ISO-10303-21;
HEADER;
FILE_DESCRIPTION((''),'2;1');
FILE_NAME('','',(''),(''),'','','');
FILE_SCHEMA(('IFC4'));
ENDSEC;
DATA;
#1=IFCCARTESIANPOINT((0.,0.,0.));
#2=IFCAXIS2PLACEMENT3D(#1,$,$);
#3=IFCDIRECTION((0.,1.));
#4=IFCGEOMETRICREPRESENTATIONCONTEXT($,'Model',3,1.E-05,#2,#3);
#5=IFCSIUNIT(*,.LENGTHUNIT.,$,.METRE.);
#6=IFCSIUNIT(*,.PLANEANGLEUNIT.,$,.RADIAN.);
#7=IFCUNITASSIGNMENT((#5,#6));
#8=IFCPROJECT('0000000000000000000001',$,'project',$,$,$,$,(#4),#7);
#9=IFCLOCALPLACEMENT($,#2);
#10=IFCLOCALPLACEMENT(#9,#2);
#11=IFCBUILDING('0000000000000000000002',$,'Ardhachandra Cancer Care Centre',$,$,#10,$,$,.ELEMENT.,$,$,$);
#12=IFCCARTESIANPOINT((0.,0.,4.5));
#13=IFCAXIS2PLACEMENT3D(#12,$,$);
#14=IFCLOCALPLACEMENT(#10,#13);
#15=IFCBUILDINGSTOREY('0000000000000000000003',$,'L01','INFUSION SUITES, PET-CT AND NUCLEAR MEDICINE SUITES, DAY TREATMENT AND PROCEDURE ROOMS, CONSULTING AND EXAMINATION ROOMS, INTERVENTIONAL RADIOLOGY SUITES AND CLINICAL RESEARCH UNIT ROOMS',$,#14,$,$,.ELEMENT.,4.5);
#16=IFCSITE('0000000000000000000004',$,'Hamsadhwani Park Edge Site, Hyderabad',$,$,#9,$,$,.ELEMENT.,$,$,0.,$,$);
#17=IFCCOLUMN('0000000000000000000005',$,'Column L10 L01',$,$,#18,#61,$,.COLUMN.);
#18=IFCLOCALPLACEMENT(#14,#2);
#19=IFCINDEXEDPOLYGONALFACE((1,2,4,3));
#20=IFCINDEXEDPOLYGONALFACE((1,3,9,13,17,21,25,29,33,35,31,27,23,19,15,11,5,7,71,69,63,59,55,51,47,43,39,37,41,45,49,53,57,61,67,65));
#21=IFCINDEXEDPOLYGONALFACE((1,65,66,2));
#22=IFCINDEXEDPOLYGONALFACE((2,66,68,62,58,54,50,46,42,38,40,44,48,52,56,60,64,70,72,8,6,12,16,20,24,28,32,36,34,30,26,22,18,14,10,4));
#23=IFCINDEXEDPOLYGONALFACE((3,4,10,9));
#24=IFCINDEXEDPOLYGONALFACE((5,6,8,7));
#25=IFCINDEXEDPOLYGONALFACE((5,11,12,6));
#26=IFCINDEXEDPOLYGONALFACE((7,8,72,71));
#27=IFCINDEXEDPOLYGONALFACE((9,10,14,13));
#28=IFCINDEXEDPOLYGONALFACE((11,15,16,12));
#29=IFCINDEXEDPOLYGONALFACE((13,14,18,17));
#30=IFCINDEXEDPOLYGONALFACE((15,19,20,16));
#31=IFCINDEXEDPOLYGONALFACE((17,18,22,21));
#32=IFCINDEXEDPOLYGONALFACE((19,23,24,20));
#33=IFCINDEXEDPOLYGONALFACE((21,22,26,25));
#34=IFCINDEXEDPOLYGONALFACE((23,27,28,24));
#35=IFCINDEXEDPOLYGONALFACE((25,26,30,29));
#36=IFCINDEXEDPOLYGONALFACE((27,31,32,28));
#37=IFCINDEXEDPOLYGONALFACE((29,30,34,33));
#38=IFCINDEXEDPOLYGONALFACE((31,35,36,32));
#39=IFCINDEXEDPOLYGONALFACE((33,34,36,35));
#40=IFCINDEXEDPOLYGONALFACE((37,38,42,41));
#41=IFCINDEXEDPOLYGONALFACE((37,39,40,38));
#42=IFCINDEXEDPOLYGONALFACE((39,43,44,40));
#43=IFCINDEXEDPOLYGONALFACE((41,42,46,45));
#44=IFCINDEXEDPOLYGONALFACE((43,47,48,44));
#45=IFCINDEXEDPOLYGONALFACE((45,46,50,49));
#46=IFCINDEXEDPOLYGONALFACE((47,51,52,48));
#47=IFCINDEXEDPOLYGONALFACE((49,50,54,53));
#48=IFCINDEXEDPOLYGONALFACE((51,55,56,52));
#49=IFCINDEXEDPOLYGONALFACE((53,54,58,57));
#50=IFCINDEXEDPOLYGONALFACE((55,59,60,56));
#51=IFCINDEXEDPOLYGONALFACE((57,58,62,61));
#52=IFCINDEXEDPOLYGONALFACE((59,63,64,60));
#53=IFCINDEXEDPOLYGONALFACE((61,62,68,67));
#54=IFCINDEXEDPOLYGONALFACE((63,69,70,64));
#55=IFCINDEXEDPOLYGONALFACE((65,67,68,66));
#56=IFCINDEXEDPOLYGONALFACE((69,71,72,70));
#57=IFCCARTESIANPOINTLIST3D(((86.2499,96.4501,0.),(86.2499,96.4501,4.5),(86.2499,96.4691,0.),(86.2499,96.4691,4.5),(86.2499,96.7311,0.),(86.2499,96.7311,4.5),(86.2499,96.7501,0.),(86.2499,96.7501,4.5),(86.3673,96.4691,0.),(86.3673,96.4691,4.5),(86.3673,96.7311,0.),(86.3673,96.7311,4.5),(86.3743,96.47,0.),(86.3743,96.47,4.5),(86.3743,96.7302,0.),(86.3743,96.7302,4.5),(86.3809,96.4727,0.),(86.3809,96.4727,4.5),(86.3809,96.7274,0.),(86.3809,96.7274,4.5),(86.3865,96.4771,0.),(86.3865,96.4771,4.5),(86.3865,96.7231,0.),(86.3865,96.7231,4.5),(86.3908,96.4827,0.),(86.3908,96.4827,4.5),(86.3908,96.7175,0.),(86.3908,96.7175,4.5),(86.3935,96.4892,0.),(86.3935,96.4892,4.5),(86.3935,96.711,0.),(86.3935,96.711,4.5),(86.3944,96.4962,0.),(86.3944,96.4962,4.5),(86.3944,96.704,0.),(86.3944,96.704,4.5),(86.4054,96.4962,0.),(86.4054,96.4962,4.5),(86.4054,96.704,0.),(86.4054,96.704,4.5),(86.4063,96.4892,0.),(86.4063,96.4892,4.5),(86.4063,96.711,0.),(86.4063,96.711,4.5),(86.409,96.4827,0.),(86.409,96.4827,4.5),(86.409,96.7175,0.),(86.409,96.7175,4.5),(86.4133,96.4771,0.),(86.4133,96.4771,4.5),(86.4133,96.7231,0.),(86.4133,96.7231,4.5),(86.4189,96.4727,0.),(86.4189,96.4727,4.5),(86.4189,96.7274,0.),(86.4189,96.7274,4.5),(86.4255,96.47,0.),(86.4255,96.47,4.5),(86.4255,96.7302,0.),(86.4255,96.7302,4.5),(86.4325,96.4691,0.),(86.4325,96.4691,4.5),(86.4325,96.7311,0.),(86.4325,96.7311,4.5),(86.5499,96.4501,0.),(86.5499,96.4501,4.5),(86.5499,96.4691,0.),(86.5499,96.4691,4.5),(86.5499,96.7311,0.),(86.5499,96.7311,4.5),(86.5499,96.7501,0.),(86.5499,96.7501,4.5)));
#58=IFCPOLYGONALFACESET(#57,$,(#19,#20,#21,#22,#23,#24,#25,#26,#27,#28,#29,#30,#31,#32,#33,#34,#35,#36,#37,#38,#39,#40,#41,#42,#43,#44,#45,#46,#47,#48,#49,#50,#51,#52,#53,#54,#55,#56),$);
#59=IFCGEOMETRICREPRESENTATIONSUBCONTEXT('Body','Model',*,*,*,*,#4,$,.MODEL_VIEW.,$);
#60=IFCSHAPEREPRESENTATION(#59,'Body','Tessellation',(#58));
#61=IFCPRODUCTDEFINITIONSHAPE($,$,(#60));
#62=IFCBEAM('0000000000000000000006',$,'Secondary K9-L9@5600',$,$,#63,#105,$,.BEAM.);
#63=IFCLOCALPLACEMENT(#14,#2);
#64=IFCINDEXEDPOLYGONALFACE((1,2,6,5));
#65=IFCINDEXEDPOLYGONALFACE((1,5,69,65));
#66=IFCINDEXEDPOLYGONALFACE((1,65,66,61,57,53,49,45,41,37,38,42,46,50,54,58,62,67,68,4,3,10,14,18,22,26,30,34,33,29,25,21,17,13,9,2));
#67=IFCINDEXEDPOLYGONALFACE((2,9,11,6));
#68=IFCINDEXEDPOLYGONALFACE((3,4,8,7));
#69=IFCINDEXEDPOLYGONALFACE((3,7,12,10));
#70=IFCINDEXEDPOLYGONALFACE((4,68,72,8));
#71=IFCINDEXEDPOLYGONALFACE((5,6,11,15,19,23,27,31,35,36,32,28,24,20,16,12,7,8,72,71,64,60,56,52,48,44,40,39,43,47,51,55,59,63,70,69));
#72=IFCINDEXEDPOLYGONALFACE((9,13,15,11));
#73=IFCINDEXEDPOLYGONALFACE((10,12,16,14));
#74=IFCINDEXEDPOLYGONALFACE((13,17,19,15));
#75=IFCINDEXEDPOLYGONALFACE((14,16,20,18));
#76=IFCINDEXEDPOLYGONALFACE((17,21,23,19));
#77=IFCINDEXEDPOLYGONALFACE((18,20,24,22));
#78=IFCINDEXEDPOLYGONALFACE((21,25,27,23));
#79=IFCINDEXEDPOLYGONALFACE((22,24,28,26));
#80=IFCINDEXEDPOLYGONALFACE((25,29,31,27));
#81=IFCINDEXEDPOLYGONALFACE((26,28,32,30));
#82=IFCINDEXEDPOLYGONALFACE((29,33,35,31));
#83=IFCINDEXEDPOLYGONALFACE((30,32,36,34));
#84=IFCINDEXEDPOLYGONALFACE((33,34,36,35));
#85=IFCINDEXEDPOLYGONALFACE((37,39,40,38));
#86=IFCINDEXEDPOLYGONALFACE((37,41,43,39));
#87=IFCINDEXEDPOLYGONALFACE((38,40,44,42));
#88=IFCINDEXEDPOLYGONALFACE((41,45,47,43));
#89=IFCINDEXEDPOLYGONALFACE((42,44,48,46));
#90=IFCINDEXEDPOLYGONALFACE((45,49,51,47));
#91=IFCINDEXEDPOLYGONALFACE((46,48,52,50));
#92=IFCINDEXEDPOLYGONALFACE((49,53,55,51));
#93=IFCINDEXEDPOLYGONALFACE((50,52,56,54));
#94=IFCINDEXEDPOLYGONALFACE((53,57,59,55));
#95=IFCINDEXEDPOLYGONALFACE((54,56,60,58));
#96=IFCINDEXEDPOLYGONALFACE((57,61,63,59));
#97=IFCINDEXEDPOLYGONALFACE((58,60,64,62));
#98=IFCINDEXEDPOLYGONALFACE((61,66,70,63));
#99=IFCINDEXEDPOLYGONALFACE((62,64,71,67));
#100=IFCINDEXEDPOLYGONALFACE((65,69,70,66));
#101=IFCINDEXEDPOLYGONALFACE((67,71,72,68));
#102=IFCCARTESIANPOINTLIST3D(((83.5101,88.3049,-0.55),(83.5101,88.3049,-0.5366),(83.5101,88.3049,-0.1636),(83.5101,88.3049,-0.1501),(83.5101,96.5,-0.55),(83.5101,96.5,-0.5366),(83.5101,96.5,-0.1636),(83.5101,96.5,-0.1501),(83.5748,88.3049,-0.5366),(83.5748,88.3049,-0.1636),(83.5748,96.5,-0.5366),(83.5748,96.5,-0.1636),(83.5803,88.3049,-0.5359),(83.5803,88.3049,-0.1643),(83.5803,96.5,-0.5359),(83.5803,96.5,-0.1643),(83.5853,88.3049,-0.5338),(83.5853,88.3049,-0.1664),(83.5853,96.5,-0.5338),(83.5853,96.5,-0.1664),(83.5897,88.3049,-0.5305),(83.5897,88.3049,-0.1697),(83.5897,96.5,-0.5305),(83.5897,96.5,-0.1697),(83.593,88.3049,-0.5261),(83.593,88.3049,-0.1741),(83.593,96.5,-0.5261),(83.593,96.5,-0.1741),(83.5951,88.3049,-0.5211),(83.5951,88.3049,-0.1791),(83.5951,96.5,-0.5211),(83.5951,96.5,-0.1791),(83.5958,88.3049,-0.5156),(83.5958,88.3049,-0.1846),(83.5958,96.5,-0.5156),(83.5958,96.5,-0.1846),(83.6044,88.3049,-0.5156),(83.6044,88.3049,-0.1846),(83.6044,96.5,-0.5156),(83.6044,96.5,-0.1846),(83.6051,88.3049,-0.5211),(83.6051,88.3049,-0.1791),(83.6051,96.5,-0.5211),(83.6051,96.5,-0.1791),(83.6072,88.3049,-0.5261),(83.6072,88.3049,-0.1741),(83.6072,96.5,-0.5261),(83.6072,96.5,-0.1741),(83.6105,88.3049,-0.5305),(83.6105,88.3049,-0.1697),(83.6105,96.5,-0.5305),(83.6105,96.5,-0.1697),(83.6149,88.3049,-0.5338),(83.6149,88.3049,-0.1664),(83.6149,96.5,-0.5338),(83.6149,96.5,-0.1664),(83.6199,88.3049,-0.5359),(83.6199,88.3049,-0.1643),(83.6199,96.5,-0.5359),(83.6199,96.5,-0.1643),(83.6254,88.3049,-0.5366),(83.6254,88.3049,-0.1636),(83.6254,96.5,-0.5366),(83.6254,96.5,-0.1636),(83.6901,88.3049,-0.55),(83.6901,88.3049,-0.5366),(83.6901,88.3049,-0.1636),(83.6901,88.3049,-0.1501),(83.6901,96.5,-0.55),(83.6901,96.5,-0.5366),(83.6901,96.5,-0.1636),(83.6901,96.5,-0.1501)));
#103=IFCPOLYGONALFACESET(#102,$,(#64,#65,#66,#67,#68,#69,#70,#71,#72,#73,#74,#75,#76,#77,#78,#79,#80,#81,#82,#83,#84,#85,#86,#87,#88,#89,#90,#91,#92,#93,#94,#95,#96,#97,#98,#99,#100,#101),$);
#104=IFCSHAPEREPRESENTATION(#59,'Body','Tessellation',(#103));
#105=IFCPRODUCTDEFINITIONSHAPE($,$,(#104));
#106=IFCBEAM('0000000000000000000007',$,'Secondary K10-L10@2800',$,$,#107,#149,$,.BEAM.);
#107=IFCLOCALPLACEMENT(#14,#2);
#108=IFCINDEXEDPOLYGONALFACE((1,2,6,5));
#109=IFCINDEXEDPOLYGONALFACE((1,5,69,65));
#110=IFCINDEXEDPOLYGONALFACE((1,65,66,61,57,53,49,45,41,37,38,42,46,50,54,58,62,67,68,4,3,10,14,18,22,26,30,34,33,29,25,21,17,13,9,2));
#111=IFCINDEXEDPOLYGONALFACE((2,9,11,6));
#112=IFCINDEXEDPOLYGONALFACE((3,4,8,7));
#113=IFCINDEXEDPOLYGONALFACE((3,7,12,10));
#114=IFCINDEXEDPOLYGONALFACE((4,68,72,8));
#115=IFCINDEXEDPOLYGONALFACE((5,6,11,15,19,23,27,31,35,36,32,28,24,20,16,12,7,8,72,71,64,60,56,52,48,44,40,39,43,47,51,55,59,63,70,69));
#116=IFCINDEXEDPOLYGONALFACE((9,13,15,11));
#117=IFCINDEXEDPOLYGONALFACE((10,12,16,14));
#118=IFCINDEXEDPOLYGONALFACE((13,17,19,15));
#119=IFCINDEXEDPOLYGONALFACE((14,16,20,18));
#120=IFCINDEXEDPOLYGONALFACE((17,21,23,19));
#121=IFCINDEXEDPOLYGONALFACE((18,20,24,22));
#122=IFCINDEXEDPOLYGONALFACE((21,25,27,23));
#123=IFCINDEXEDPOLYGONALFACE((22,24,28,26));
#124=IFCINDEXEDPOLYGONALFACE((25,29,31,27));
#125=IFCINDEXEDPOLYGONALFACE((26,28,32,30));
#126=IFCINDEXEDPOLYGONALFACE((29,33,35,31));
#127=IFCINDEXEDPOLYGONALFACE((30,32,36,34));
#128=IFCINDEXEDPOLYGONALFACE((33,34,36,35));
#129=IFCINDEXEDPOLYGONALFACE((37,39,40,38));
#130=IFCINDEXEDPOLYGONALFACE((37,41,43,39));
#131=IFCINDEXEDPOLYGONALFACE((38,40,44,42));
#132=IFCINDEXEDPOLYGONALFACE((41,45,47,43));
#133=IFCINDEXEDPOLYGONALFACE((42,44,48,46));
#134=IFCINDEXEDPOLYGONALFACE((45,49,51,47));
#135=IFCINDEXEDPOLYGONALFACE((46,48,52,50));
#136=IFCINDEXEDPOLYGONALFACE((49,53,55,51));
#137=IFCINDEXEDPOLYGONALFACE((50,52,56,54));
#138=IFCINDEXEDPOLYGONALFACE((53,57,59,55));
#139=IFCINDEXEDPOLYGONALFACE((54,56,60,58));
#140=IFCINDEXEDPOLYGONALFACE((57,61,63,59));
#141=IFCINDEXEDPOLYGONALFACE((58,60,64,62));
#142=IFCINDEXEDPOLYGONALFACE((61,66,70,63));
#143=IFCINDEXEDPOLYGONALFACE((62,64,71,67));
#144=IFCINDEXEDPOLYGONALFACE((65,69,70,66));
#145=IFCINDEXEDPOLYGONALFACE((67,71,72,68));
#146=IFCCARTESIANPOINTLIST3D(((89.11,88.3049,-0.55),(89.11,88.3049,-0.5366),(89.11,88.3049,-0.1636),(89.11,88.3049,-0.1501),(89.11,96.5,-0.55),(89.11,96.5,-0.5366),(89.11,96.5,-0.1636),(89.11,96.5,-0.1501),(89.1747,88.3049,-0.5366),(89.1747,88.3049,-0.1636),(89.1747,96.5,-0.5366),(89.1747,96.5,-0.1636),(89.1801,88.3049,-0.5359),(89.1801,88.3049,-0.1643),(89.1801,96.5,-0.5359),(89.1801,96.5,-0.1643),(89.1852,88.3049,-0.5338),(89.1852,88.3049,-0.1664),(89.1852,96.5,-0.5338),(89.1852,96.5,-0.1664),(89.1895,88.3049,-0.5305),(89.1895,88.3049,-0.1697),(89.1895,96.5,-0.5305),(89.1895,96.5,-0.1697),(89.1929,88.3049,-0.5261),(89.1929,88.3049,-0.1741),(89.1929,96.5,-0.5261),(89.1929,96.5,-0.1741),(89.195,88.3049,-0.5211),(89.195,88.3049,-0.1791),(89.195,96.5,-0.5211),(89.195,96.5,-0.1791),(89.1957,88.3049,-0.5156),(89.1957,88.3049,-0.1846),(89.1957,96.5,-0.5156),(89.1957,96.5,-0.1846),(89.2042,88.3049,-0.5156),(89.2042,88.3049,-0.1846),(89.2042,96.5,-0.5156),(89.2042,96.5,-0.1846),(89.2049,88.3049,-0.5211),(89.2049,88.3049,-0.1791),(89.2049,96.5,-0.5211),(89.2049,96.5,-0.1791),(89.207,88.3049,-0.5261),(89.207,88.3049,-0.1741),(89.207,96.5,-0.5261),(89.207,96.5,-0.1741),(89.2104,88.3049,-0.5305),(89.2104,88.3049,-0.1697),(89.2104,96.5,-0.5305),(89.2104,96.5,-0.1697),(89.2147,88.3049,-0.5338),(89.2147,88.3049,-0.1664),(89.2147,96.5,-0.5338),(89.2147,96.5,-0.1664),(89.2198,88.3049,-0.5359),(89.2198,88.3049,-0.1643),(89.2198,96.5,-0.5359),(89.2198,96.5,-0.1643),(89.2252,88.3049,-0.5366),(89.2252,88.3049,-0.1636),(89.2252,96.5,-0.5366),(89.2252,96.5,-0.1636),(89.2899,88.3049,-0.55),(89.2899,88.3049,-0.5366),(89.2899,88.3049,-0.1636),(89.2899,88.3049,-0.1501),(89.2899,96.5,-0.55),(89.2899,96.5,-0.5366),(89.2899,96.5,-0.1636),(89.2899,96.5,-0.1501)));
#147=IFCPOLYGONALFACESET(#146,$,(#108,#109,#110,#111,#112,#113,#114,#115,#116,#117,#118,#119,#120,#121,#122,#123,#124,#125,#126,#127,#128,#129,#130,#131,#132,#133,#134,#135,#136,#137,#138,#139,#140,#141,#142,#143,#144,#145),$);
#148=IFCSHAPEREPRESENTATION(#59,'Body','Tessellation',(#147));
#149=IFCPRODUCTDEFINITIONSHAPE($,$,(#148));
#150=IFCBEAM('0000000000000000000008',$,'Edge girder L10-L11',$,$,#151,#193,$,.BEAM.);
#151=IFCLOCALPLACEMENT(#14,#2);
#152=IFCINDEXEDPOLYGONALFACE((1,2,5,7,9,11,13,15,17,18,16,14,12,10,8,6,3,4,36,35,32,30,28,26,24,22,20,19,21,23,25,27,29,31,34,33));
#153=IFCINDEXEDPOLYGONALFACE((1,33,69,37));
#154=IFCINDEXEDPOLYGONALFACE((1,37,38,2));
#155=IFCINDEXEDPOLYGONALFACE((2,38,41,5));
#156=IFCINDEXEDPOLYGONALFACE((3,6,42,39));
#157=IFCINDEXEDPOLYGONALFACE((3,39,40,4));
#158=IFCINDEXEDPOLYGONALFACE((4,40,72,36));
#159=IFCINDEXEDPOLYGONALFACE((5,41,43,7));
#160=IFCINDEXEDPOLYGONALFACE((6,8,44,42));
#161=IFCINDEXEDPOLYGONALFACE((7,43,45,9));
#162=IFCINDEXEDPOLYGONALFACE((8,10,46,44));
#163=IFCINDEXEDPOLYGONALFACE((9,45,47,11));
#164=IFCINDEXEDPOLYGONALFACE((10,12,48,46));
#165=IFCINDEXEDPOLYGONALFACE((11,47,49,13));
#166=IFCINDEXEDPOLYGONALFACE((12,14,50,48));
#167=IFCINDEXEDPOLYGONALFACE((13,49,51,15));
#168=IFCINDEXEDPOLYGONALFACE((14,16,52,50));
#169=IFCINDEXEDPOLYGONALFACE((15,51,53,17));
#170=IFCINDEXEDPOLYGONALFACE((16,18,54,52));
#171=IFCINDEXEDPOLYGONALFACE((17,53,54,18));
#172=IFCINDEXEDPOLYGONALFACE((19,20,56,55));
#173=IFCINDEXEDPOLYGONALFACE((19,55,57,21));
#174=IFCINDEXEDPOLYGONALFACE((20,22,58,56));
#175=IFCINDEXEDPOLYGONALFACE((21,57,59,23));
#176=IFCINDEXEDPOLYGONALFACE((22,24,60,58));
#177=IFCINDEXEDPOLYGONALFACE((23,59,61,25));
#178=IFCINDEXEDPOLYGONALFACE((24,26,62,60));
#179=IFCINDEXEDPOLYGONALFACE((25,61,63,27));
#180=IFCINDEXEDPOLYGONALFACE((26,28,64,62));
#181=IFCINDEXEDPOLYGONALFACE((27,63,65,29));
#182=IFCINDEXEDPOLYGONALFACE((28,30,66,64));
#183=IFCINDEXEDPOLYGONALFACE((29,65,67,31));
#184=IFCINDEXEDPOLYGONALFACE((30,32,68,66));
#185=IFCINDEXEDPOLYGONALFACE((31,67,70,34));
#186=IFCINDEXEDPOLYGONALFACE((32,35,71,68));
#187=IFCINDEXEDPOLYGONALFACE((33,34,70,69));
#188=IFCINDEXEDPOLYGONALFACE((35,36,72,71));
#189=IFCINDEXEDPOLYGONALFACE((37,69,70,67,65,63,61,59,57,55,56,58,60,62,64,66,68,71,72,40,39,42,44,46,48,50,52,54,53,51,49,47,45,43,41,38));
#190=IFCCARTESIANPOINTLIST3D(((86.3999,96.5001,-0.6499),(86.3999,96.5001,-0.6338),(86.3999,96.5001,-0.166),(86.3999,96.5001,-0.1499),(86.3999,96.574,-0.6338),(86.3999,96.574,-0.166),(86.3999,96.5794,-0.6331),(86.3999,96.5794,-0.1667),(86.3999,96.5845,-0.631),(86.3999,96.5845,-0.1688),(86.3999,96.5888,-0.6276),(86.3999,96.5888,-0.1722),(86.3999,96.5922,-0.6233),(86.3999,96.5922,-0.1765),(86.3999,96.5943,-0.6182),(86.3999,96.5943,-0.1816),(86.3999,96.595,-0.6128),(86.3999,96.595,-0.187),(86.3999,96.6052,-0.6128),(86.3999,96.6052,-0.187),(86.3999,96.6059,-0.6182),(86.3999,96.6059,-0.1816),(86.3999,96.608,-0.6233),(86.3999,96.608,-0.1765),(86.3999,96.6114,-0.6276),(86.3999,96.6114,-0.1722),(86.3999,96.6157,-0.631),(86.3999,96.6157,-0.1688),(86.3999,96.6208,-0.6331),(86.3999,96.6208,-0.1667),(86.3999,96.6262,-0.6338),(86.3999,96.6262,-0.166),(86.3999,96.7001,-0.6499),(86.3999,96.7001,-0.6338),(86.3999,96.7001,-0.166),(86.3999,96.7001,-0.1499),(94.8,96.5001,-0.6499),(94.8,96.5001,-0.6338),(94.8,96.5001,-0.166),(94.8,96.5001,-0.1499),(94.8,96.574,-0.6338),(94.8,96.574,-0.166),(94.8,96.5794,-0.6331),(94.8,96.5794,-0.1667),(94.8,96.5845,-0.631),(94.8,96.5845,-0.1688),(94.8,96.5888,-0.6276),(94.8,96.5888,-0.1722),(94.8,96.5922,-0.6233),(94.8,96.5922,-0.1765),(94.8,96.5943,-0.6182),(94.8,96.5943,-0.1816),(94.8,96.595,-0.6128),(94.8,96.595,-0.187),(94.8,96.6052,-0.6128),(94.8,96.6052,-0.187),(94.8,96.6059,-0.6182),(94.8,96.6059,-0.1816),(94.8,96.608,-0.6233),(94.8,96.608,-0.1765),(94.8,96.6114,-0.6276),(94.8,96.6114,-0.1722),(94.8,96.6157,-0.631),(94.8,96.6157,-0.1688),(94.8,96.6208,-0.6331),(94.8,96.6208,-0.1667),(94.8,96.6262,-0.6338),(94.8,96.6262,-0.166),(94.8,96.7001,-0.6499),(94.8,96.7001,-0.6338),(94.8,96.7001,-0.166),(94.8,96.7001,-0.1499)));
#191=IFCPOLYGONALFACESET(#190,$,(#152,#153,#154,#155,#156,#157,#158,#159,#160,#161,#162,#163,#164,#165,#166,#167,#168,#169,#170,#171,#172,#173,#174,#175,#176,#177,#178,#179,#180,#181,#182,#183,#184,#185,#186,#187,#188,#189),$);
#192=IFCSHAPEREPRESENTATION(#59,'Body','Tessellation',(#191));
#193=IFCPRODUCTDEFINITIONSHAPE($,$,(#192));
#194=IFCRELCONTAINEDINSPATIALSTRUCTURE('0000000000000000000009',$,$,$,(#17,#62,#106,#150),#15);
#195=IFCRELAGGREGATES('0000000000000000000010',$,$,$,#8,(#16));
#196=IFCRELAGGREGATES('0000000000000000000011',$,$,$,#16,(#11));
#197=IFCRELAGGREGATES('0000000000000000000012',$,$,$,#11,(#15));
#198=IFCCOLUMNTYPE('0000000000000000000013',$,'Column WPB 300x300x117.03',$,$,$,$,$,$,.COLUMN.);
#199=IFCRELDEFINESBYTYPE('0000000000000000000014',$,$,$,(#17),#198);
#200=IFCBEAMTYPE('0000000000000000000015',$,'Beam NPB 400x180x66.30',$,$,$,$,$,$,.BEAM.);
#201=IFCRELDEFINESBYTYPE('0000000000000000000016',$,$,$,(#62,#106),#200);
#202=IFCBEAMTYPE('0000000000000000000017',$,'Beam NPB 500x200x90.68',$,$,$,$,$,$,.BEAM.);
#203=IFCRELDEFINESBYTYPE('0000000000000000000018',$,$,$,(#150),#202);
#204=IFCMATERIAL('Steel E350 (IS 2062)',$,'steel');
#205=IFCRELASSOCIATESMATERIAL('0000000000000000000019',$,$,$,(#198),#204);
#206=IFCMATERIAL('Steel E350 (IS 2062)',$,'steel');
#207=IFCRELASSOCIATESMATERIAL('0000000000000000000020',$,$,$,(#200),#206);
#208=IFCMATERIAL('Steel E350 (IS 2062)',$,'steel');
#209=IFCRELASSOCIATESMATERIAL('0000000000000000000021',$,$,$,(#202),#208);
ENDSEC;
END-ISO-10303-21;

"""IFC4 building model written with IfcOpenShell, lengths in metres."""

from ifc_helpers import new_model, si_unit, direction, frame, origin, origin_2d, place, context, subcontext, project, spatial, i_section, extrude, material, material_profile, profile_set, type_object, element, save


model = new_model("IFC4")

# Units and contexts
model_context = context("Model", 3, precision=1e-05, world=origin(), true_north=direction((0.0, 1.0)))
body_context = subcontext(model_context, "Body", "Model", "MODEL_VIEW")
ifc_project = project(units=[si_unit("LENGTHUNIT", "METRE"), si_unit("PLANEANGLEUNIT", "RADIAN")], contexts=[model_context])

# Site, building, storey
site_placement = place(None, origin())
site = spatial("IfcSite", under=ifc_project, at=site_placement, Name="Hamsadhwani Park Edge Site, Hyderabad", CompositionType="ELEMENT", RefElevation=0.0)
building_placement = place(site_placement, origin())
building = spatial("IfcBuilding", under=site, at=building_placement, Name="Ardhachandra Cancer Care Centre", CompositionType="ELEMENT")
storey_placement = place(building_placement, frame((0.0, 0.0, 4.5)))
storey = spatial("IfcBuildingStorey", under=building, at=storey_placement, Name="L01", Description="INFUSION SUITES, PET-CT AND NUCLEAR MEDICINE SUITES, DAY TREATMENT AND PROCEDURE ROOMS, CONSULTING AND EXAMINATION ROOMS, INTERVENTIONAL RADIOLOGY SUITES AND CLINICAL RESEARCH UNIT ROOMS", CompositionType="ELEMENT", Elevation=4.5)

# Column
ifc_material_1 = material(Name="Steel E350 (IS 2062)", Category="steel")
ifc_material_profile_1 = material_profile(ifc_material_1, i_section(OverallWidth=0.3, OverallDepth=0.3, WebThickness=0.011, FlangeThickness=0.019, FilletRadius=0.0271, at=origin_2d()), Name="WPB 300x300x117.03")
ifc_profile_set_1 = profile_set([ifc_material_profile_1], Name="Steel E350 (IS 2062)")
column_type = type_object("IfcColumnType", Name="Column WPB 300x300x117.03", PredefinedType="COLUMN", material=ifc_profile_set_1)
column_placement = place(storey_placement, frame((86.3999, 96.6001, 0.0), z_axis=(0.0, 0.0, 1.0), x_axis=(1.0, 0.0, 0.0)))
element("IfcColumn", 1, at=column_placement, inside=storey, type_object=column_type, Name="Column L10 L01", PredefinedType="COLUMN", context=body_context, shape_type="SweptSolid", body=[
    extrude(i_section(OverallWidth=0.3, OverallDepth=0.3, WebThickness=0.011, FlangeThickness=0.019, FilletRadius=0.0271, at=origin_2d()), origin(), (0.0, 0.0, 1.0), 4.5),
])

# Beams
ifc_material_2 = material(Name="Steel E350 (IS 2062)", Category="steel")
ifc_material_profile_2 = material_profile(ifc_material_2, i_section(OverallWidth=0.1799, OverallDepth=0.3999, WebThickness=0.0085, FlangeThickness=0.0134, FilletRadius=0.021, at=origin_2d()), Name="NPB 400x180x66.30")
ifc_profile_set_2 = profile_set([ifc_material_profile_2], Name="Steel E350 (IS 2062)")
beam_type_1 = type_object("IfcBeamType", Name="Beam NPB 400x180x66.30", PredefinedType="BEAM", material=ifc_profile_set_2)
for number, where, z_axis, x_axis, name in (
    (2, (83.6001, 88.3049, -0.3501), (0.0, 1.0, 0.0), (-1.0, 0.0, 0.0), "Secondary K9-L9@5600"),
    (3, (89.2, 88.3049, -0.3501), (0.0, 1.0, 0.0), (-1.0, 0.0, 0.0), "Secondary K10-L10@2800"),
):
    element("IfcBeam", number, at=place(storey_placement, frame(where, z_axis=z_axis, x_axis=x_axis)), inside=storey, type_object=beam_type_1, Name=name, PredefinedType="BEAM", context=body_context, shape_type="SweptSolid", body=[
        extrude(i_section(OverallWidth=0.1799, OverallDepth=0.3999, WebThickness=0.0085, FlangeThickness=0.0134, FilletRadius=0.021, at=origin_2d()), origin(), (0.0, 0.0, 1.0), 8.1951),
    ])
ifc_material_3 = material(Name="Steel E350 (IS 2062)", Category="steel")
ifc_material_profile_3 = material_profile(ifc_material_3, i_section(OverallWidth=0.2, OverallDepth=0.5, WebThickness=0.0103, FlangeThickness=0.0161, FilletRadius=0.021, at=origin_2d()), Name="NPB 500x200x90.68")
ifc_profile_set_3 = profile_set([ifc_material_profile_3], Name="Steel E350 (IS 2062)")
beam_type_2 = type_object("IfcBeamType", Name="Beam NPB 500x200x90.68", PredefinedType="BEAM", material=ifc_profile_set_3)
beam_placement = place(storey_placement, frame((86.3999, 96.6001, -0.3999), z_axis=(1.0, 0.0, 0.0), x_axis=(0.0, 1.0, 0.0)))
element("IfcBeam", 4, at=beam_placement, inside=storey, type_object=beam_type_2, Name="Edge girder L10-L11", PredefinedType="BEAM", context=body_context, shape_type="SweptSolid", body=[
    extrude(i_section(OverallWidth=0.2, OverallDepth=0.5, WebThickness=0.0103, FlangeThickness=0.0161, FilletRadius=0.021, at=origin_2d()), origin(), (0.0, 0.0, 1.0), 8.4001),
])

save(model, "model.ifc")
